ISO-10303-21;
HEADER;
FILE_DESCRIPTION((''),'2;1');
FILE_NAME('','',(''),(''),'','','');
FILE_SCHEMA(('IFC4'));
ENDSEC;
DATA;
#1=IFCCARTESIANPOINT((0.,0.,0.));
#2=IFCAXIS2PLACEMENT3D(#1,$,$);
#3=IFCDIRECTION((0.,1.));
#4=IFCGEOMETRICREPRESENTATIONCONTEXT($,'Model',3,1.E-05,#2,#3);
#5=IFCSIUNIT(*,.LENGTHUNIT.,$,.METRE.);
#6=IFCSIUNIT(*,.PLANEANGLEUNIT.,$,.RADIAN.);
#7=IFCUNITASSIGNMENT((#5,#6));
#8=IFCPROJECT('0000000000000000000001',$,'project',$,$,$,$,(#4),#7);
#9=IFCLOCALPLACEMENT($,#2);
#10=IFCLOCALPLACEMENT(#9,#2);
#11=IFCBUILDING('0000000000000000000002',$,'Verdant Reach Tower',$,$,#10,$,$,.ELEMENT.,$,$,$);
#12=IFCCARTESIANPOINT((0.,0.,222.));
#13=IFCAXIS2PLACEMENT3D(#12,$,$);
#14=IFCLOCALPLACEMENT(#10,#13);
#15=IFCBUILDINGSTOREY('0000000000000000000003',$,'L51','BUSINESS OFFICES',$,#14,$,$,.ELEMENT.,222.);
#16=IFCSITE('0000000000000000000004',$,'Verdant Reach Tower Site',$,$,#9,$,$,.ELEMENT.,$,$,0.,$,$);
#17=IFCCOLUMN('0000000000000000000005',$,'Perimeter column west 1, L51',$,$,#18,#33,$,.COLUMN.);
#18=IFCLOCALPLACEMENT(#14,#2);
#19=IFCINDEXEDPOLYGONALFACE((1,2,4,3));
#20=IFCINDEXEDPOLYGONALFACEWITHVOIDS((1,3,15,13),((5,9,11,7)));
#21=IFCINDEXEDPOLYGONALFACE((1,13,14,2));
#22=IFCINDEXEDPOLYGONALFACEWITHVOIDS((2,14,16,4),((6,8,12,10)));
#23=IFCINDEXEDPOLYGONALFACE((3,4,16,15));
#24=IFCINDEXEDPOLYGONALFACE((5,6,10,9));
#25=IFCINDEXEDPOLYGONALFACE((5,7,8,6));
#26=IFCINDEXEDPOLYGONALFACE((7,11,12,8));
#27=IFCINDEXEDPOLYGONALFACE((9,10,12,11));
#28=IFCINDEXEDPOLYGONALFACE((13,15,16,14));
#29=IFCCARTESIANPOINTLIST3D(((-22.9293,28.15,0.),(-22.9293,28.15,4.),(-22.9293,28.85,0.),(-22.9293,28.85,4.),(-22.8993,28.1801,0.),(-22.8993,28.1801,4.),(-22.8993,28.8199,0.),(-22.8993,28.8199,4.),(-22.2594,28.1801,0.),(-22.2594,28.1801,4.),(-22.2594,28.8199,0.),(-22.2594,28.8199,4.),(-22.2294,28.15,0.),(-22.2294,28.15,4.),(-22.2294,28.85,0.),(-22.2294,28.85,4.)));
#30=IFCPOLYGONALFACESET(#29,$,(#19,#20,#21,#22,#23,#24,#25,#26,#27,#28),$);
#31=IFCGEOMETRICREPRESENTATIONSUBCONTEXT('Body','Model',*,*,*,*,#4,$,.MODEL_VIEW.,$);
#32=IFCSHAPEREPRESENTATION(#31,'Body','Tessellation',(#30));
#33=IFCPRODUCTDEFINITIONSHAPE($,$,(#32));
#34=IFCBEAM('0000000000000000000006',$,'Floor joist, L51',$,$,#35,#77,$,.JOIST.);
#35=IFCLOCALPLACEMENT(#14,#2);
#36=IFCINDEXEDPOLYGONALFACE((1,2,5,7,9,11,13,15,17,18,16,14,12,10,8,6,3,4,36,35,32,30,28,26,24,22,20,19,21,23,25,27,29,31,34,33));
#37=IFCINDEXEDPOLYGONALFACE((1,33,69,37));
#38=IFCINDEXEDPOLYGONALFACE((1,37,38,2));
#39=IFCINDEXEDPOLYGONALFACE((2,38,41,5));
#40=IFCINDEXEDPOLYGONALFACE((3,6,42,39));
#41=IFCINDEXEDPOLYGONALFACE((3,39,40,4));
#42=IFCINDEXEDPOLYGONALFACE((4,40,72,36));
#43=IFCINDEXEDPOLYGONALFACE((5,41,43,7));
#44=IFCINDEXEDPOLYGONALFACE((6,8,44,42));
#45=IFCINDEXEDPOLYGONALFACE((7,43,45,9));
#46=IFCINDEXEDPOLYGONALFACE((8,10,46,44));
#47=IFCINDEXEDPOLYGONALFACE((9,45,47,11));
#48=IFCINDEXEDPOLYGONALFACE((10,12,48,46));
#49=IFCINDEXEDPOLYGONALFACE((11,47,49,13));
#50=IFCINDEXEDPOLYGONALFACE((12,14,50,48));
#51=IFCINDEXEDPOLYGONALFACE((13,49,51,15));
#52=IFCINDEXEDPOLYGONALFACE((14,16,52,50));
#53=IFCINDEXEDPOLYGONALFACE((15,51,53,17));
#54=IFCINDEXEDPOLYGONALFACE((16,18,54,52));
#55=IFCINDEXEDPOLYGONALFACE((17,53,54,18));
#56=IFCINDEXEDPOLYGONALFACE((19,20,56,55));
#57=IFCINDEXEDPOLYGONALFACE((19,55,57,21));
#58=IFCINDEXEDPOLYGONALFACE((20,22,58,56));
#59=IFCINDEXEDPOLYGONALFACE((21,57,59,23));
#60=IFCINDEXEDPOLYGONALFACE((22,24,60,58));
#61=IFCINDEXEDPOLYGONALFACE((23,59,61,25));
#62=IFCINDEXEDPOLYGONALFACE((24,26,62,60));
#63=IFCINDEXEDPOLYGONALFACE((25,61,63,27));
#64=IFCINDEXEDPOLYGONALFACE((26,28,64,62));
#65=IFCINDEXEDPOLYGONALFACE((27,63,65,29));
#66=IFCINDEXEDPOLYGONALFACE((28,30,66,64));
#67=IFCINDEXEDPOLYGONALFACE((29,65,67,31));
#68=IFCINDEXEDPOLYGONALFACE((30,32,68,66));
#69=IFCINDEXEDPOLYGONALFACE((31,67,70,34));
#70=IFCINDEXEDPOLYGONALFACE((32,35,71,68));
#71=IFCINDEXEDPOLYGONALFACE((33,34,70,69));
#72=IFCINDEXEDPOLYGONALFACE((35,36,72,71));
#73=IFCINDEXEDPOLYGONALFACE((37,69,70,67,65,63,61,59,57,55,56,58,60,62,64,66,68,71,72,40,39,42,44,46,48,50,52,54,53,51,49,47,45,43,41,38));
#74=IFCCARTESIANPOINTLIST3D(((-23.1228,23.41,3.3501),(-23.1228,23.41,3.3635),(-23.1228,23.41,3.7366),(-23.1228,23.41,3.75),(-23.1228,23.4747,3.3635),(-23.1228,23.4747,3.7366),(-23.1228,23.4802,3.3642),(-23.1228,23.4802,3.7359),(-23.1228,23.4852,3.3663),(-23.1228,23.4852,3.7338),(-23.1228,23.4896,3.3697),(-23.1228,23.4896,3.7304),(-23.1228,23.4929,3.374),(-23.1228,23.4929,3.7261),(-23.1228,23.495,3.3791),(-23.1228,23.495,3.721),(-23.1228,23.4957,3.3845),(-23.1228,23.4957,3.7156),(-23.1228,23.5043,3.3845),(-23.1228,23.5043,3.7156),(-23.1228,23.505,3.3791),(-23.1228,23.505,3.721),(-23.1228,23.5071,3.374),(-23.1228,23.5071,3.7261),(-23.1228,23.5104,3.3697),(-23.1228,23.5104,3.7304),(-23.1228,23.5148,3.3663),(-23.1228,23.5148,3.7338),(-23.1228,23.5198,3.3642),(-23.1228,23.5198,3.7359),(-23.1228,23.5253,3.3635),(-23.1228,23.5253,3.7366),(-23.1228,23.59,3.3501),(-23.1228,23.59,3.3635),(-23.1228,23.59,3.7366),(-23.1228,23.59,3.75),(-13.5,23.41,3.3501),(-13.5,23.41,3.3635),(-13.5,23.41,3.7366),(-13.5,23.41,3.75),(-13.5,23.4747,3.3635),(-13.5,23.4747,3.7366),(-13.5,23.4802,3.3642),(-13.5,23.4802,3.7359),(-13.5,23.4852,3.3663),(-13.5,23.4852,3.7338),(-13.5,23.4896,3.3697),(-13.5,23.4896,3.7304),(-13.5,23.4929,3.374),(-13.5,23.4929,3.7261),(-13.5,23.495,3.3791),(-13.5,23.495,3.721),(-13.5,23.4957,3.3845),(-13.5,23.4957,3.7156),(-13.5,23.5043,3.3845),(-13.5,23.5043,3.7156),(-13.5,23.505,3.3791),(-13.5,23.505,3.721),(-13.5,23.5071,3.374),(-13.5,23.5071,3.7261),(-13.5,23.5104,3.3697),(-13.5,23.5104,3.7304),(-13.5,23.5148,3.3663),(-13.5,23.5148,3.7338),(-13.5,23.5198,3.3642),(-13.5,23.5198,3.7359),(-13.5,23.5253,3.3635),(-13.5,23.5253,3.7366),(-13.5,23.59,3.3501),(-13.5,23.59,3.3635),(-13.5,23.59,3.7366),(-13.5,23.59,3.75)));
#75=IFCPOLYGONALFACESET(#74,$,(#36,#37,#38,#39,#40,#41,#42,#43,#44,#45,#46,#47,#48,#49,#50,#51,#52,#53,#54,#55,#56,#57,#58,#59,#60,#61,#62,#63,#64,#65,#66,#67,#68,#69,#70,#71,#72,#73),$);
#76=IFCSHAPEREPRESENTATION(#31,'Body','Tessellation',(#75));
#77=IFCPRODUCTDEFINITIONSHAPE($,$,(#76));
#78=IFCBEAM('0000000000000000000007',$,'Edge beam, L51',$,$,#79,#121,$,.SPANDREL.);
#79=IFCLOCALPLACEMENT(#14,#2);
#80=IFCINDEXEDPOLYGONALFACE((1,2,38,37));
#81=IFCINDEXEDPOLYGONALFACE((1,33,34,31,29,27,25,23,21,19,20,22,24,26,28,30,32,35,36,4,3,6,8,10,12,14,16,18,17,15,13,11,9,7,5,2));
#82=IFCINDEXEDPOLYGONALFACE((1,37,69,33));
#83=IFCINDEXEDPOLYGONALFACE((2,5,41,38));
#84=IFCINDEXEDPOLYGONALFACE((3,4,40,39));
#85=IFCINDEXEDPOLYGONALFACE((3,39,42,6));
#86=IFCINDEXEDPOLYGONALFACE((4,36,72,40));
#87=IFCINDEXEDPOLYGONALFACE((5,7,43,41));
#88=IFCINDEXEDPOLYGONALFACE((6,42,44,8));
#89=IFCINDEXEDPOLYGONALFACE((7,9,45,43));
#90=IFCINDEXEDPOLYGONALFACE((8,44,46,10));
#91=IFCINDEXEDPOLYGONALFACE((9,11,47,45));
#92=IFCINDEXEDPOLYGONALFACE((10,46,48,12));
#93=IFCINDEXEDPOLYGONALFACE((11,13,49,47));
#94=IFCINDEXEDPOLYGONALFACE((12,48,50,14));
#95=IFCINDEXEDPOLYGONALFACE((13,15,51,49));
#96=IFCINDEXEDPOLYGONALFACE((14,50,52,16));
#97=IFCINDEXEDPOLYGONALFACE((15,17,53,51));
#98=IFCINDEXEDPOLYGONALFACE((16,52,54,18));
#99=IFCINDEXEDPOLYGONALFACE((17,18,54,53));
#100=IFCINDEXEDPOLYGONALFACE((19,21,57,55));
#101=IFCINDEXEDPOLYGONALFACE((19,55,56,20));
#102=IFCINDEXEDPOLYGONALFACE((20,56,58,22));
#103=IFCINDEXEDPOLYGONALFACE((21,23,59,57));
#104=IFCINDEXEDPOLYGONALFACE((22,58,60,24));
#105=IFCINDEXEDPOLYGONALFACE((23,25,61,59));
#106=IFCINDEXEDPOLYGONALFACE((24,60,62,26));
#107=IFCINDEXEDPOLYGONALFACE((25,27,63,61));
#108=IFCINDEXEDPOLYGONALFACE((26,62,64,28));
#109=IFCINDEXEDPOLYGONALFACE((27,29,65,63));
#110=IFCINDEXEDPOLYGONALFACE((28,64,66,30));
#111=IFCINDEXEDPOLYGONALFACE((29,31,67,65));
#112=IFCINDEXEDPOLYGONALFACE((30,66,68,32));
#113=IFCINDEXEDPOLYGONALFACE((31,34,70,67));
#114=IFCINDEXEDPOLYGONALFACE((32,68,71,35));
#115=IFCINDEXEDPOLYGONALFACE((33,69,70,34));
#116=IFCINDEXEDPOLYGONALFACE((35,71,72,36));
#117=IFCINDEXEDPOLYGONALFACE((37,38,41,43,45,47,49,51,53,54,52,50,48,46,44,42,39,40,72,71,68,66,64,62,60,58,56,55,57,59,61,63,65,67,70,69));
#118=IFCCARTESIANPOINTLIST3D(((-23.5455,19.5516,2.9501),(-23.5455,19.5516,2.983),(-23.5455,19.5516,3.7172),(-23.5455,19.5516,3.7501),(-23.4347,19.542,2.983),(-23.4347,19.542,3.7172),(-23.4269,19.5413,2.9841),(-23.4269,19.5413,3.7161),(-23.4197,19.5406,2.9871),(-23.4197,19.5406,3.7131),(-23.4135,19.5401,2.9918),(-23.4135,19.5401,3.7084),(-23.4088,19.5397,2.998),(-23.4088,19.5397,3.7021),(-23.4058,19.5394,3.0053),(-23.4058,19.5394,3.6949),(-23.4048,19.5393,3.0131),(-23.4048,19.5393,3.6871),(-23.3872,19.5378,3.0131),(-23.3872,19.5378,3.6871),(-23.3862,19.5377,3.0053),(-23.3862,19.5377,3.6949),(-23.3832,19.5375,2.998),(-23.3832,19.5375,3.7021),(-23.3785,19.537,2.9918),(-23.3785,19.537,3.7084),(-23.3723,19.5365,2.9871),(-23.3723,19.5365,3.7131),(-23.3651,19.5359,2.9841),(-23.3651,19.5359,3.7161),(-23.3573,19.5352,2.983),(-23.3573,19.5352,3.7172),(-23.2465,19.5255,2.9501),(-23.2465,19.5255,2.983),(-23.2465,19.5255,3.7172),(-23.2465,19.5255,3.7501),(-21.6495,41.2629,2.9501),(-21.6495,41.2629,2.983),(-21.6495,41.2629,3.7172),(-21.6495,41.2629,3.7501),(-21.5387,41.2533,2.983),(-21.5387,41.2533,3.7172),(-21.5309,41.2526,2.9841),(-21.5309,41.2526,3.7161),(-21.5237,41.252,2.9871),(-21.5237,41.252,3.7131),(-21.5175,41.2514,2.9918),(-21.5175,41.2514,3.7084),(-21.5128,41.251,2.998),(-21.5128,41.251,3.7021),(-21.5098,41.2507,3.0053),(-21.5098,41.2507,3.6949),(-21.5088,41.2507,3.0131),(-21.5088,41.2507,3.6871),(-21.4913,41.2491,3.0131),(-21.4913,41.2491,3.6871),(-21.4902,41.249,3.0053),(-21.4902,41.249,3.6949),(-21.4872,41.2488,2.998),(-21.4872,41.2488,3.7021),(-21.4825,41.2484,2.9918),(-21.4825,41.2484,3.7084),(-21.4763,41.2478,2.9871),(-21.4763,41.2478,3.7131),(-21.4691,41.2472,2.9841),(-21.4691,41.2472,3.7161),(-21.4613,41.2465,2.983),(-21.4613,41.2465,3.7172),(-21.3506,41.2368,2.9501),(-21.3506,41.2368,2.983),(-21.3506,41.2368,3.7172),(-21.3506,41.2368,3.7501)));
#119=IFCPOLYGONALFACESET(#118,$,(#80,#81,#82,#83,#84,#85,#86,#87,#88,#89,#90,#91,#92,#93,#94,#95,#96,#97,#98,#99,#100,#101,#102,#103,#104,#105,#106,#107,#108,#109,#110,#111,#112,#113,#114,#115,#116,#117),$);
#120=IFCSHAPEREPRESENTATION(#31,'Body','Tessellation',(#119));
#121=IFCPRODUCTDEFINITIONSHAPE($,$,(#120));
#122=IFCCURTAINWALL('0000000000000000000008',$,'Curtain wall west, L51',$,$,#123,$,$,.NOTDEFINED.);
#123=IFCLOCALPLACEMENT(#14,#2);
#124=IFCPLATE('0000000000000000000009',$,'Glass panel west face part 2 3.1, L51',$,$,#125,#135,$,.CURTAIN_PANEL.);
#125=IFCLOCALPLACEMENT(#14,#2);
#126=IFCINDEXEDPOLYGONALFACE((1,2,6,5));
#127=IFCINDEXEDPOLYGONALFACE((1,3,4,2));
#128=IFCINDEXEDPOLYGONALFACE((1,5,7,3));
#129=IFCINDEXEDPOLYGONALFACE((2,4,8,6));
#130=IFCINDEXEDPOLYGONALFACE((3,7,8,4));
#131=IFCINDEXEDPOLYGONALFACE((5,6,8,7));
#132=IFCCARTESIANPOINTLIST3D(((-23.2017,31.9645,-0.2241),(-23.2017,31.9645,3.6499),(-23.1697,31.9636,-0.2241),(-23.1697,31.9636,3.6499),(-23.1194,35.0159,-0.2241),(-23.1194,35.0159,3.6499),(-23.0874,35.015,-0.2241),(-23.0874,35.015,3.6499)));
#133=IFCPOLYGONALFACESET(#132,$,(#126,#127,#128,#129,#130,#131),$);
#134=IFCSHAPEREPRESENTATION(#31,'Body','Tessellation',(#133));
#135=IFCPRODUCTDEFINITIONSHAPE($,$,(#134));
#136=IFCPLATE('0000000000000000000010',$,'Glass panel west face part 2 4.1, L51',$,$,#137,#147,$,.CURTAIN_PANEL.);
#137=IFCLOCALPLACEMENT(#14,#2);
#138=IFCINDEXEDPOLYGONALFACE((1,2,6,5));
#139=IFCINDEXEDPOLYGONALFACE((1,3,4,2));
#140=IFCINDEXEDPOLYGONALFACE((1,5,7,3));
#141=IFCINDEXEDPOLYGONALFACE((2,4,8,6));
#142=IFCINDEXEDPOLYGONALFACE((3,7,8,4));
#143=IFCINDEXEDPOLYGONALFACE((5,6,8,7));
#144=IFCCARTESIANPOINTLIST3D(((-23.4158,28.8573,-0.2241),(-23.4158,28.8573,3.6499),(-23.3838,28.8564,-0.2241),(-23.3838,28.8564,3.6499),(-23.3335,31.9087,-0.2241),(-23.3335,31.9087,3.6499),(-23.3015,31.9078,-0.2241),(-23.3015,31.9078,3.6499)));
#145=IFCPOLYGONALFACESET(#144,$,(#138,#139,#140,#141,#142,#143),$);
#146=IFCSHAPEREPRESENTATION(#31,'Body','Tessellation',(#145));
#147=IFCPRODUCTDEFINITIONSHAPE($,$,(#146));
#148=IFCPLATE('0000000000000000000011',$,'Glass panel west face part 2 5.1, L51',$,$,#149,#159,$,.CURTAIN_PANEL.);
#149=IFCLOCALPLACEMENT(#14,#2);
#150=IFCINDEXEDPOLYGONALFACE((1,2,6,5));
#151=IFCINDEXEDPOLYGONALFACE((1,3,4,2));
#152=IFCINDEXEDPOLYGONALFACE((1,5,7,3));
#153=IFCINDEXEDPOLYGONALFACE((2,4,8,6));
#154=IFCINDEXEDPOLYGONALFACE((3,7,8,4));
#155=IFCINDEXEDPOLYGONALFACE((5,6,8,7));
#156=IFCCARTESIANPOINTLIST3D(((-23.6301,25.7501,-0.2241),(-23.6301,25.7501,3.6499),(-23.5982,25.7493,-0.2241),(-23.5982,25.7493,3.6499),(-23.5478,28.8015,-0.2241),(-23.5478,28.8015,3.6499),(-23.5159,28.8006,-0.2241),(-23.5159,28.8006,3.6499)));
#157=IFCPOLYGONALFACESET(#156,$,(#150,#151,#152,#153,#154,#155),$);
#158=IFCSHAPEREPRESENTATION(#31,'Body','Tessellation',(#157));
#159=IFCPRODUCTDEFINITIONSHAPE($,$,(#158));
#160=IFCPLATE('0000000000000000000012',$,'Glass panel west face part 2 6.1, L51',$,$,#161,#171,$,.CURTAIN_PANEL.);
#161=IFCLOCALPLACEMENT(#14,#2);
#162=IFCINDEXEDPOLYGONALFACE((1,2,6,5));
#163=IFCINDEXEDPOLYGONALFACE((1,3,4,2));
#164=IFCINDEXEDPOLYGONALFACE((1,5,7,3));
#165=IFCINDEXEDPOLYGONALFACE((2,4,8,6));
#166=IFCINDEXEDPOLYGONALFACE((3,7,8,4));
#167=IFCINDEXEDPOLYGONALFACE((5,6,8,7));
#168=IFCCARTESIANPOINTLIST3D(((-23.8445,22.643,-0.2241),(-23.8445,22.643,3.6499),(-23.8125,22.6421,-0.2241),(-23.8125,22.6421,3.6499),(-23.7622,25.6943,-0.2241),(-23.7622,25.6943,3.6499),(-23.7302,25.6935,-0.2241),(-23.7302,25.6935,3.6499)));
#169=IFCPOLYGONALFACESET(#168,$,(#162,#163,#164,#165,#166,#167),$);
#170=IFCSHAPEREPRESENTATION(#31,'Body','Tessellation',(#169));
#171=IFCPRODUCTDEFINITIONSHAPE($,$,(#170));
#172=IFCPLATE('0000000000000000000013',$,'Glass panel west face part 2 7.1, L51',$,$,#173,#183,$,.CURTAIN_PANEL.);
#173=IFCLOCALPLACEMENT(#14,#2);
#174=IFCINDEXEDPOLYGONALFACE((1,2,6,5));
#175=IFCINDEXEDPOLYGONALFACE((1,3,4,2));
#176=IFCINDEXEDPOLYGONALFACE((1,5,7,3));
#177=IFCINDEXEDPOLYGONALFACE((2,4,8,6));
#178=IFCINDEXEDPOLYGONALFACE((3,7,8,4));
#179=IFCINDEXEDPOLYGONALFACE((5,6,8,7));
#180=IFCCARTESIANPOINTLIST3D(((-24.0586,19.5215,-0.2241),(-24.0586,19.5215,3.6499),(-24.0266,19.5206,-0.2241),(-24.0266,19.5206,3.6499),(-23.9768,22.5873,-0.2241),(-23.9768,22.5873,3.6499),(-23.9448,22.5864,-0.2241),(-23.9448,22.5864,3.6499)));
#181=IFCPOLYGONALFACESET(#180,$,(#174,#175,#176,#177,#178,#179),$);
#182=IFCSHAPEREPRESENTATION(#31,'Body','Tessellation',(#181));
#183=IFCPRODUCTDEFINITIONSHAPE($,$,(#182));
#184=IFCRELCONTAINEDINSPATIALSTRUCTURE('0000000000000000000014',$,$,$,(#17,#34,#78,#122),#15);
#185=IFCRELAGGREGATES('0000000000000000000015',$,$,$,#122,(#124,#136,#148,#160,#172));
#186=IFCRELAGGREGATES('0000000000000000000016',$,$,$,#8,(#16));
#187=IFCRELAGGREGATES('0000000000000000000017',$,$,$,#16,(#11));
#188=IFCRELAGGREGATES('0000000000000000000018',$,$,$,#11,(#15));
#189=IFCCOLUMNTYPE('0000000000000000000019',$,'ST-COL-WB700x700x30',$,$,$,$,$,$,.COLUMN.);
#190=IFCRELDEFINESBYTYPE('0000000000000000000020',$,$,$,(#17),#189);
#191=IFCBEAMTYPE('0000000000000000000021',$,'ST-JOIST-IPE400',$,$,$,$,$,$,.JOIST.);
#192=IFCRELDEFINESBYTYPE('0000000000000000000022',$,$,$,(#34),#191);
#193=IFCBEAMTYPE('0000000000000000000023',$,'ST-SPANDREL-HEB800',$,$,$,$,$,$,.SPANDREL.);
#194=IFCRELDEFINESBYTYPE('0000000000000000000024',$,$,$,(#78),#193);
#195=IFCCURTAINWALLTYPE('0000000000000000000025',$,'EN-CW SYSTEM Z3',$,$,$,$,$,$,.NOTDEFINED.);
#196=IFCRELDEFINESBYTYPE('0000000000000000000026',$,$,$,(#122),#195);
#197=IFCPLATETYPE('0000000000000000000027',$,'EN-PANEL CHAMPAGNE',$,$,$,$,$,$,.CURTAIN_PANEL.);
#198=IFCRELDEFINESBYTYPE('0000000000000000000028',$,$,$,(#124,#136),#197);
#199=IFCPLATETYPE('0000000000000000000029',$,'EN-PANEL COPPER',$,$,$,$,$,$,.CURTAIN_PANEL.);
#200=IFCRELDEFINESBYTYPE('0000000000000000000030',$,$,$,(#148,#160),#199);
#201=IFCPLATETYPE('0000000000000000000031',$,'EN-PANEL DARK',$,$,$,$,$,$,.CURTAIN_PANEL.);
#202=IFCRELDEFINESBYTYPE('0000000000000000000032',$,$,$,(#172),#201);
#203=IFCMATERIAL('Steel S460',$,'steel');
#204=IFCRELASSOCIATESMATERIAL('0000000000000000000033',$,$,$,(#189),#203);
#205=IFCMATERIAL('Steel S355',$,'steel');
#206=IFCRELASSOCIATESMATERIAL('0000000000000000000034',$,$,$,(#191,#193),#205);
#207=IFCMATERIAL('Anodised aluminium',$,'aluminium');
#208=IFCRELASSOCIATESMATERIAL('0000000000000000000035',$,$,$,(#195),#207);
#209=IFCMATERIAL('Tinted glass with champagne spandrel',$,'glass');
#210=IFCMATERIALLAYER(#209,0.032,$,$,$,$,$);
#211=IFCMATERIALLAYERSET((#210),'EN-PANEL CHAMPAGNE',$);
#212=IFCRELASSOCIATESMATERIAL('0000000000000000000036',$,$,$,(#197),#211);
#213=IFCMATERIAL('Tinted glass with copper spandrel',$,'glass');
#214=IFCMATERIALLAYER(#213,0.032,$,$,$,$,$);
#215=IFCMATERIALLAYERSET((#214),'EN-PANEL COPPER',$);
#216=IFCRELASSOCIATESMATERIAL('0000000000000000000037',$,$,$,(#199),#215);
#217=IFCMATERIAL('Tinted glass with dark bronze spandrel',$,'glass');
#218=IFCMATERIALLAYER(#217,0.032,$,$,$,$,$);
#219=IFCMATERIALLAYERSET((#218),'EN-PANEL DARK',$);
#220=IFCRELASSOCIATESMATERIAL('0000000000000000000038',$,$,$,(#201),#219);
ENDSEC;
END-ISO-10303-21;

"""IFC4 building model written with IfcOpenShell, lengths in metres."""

from ifc_helpers import new_model, si_unit, direction, frame, origin, origin_2d, place, context, subcontext, project, spatial, rectangle, hollow_rectangle, i_section, extrude, material, layer, layer_set, material_profile, profile_set, type_object, element, aggregate, save


model = new_model("IFC4")

# Units and contexts
model_context = context("Model", 3, precision=1e-05, world=origin(), true_north=direction((0.0, 1.0)))
body_context = subcontext(model_context, "Body", "Model", "MODEL_VIEW")
ifc_project = project(units=[si_unit("LENGTHUNIT", "METRE"), si_unit("PLANEANGLEUNIT", "RADIAN")], contexts=[model_context])

# Site, building, storey
site_placement = place(None, origin())
site = spatial("IfcSite", under=ifc_project, at=site_placement, Name="Verdant Reach Tower Site", CompositionType="ELEMENT", RefElevation=0.0)
building_placement = place(site_placement, origin())
building = spatial("IfcBuilding", under=site, at=building_placement, Name="Verdant Reach Tower", CompositionType="ELEMENT")
storey_placement = place(building_placement, frame((0.0, 0.0, 222.0)))
storey = spatial("IfcBuildingStorey", under=building, at=storey_placement, Name="L51", Description="BUSINESS OFFICES", CompositionType="ELEMENT", Elevation=222.0)

# Column
ifc_material_1 = material(Name="Steel S460", Category="steel")
ifc_material_profile_1 = material_profile(ifc_material_1, hollow_rectangle(XDim=0.7, YDim=0.7, WallThickness=0.03, at=origin_2d()), Name="WB 700x700x30")
ifc_profile_set_1 = profile_set([ifc_material_profile_1], Name="Steel S460")
column_type = type_object("IfcColumnType", Name="ST-COL-WB700x700x30", PredefinedType="COLUMN", material=ifc_profile_set_1)
column_placement = place(storey_placement, frame((-22.5793, 28.5, 0.0), z_axis=(0.0, 0.0, 1.0), x_axis=(1.0, 0.0, 0.0)))
element("IfcColumn", 1, at=column_placement, inside=storey, type_object=column_type, Name="Perimeter column west 1, L51", PredefinedType="COLUMN", context=body_context, shape_type="SweptSolid", body=[
    extrude(hollow_rectangle(XDim=0.7, YDim=0.7, WallThickness=0.03, at=origin_2d()), origin(), (0.0, 0.0, 1.0), 4.0),
])

# Beams
ifc_material_2 = material(Name="Steel S355", Category="steel")
ifc_material_profile_2 = material_profile(ifc_material_2, i_section(OverallWidth=0.1799, OverallDepth=0.3999, WebThickness=0.0085, FlangeThickness=0.0134, FilletRadius=0.021, at=origin_2d()), Name="IPE 400")
ifc_profile_set_2 = profile_set([ifc_material_profile_2], Name="Steel S355")
beam_type_1 = type_object("IfcBeamType", Name="ST-JOIST-IPE400", PredefinedType="JOIST", material=ifc_profile_set_2)
beam_1_placement = place(storey_placement, frame((-13.5, 23.5, 3.55), z_axis=(-1.0, 0.0, 0.0), x_axis=(0.0, -1.0, 0.0)))
element("IfcBeam", 2, at=beam_1_placement, inside=storey, type_object=beam_type_1, Name="Floor joist, L51", PredefinedType="JOIST", context=body_context, shape_type="SweptSolid", body=[
    extrude(i_section(OverallWidth=0.1799, OverallDepth=0.3999, WebThickness=0.0085, FlangeThickness=0.0134, FilletRadius=0.021, at=origin_2d()), origin(), (0.0, 0.0, 1.0), 9.6228),
])
ifc_material_profile_3 = material_profile(ifc_material_2, i_section(OverallWidth=0.3, OverallDepth=0.8, WebThickness=0.0176, FlangeThickness=0.033, FilletRadius=0.03, at=origin_2d()), Name="HEB 800")
ifc_profile_set_3 = profile_set([ifc_material_profile_3], Name="Steel S355")
beam_type_2 = type_object("IfcBeamType", Name="ST-SPANDREL-HEB800", PredefinedType="SPANDREL", material=ifc_profile_set_3)
beam_2_placement = place(storey_placement, frame((-23.396, 19.5386, 3.3501), z_axis=(0.086996, 0.996209, 0.0), x_axis=(-0.996209, 0.086996, 0.0)))
element("IfcBeam", 3, at=beam_2_placement, inside=storey, type_object=beam_type_2, Name="Edge beam, L51", PredefinedType="SPANDREL", context=body_context, shape_type="SweptSolid", body=[
    extrude(i_section(OverallWidth=0.3, OverallDepth=0.8, WebThickness=0.0176, FlangeThickness=0.033, FilletRadius=0.03, at=origin_2d()), origin(), (0.0, 0.0, 1.0), 21.7939),
])

# Curtain wall, plates
ifc_material_3 = material(Name="Anodised aluminium", Category="aluminium")
curtain_wall_type = type_object("IfcCurtainWallType", Name="EN-CW SYSTEM Z3", PredefinedType="NOTDEFINED", material=ifc_material_3)
curtain_wall_placement = place(storey_placement, origin())
curtain_wall = element("IfcCurtainWall", 4, at=curtain_wall_placement, inside=storey, type_object=curtain_wall_type, Name="Curtain wall west, L51", PredefinedType="NOTDEFINED")
ifc_material_4 = material(Name="Tinted glass with champagne spandrel", Category="glass")
ifc_layer_1 = layer(ifc_material_4, 0.032)
ifc_layer_set_1 = layer_set([ifc_layer_1], Name="EN-PANEL CHAMPAGNE")
plate_type_1 = type_object("IfcPlateType", Name="EN-PANEL CHAMPAGNE", PredefinedType="CURTAIN_PANEL", material=ifc_layer_set_1)
plate_1_placement = place(storey_placement, frame((-23.1445, 33.4897, -0.2241), z_axis=(0.0, 0.0, 1.0), x_axis=(-0.026965, -0.999636, 0.0)))
plate_1 = element("IfcPlate", 5, at=plate_1_placement, type_object=plate_type_1, Name="Glass panel west face part 2 3.1, L51", PredefinedType="CURTAIN_PANEL", context=body_context, shape_type="SweptSolid", body=[
    extrude(rectangle(XDim=3.0525, YDim=0.032, at=origin_2d()), origin(), (0.0, 0.0, 1.0), 3.874),
])
plate_2_placement = place(storey_placement, frame((-23.3586, 30.3826, -0.2241), z_axis=(0.0, 0.0, 1.0), x_axis=(-0.026965, -0.999636, 0.0)))
plate_2 = element("IfcPlate", 6, at=plate_2_placement, type_object=plate_type_1, Name="Glass panel west face part 2 4.1, L51", PredefinedType="CURTAIN_PANEL", context=body_context, shape_type="SweptSolid", body=[
    extrude(rectangle(XDim=3.0525, YDim=0.032, at=origin_2d()), origin(), (0.0, 0.0, 1.0), 3.874),
])
ifc_material_5 = material(Name="Tinted glass with copper spandrel", Category="glass")
ifc_layer_2 = layer(ifc_material_5, 0.032)
ifc_layer_set_2 = layer_set([ifc_layer_2], Name="EN-PANEL COPPER")
plate_type_2 = type_object("IfcPlateType", Name="EN-PANEL COPPER", PredefinedType="CURTAIN_PANEL", material=ifc_layer_set_2)
plate_3_placement = place(storey_placement, frame((-23.573, 27.2754, -0.2241), z_axis=(0.0, 0.0, 1.0), x_axis=(-0.026965, -0.999636, 0.0)))
plate_3 = element("IfcPlate", 7, at=plate_3_placement, type_object=plate_type_2, Name="Glass panel west face part 2 5.1, L51", PredefinedType="CURTAIN_PANEL", context=body_context, shape_type="SweptSolid", body=[
    extrude(rectangle(XDim=3.0525, YDim=0.032, at=origin_2d()), origin(), (0.0, 0.0, 1.0), 3.874),
])
plate_4_placement = place(storey_placement, frame((-23.7874, 24.1682, -0.2241), z_axis=(0.0, 0.0, 1.0), x_axis=(-0.026965, -0.999636, 0.0)))
plate_4 = element("IfcPlate", 8, at=plate_4_placement, type_object=plate_type_2, Name="Glass panel west face part 2 6.1, L51", PredefinedType="CURTAIN_PANEL", context=body_context, shape_type="SweptSolid", body=[
    extrude(rectangle(XDim=3.0525, YDim=0.032, at=origin_2d()), origin(), (0.0, 0.0, 1.0), 3.874),
])
ifc_material_6 = material(Name="Tinted glass with dark bronze spandrel", Category="glass")
ifc_layer_3 = layer(ifc_material_6, 0.032)
ifc_layer_set_3 = layer_set([ifc_layer_3], Name="EN-PANEL DARK")
plate_type_3 = type_object("IfcPlateType", Name="EN-PANEL DARK", PredefinedType="CURTAIN_PANEL", material=ifc_layer_set_3)
plate_5_placement = place(storey_placement, frame((-24.0017, 21.054, -0.2241), z_axis=(0.0, 0.0, 1.0), x_axis=(-0.02666, -0.999645, 0.0)))
plate_5 = element("IfcPlate", 9, at=plate_5_placement, type_object=plate_type_3, Name="Glass panel west face part 2 7.1, L51", PredefinedType="CURTAIN_PANEL", context=body_context, shape_type="SweptSolid", body=[
    extrude(rectangle(XDim=3.0669, YDim=0.032, at=origin_2d()), origin(), (0.0, 0.0, 1.0), 3.874),
])
aggregate(curtain_wall, [plate_1, plate_2, plate_3, plate_4, plate_5])

save(model, "model.ifc")
